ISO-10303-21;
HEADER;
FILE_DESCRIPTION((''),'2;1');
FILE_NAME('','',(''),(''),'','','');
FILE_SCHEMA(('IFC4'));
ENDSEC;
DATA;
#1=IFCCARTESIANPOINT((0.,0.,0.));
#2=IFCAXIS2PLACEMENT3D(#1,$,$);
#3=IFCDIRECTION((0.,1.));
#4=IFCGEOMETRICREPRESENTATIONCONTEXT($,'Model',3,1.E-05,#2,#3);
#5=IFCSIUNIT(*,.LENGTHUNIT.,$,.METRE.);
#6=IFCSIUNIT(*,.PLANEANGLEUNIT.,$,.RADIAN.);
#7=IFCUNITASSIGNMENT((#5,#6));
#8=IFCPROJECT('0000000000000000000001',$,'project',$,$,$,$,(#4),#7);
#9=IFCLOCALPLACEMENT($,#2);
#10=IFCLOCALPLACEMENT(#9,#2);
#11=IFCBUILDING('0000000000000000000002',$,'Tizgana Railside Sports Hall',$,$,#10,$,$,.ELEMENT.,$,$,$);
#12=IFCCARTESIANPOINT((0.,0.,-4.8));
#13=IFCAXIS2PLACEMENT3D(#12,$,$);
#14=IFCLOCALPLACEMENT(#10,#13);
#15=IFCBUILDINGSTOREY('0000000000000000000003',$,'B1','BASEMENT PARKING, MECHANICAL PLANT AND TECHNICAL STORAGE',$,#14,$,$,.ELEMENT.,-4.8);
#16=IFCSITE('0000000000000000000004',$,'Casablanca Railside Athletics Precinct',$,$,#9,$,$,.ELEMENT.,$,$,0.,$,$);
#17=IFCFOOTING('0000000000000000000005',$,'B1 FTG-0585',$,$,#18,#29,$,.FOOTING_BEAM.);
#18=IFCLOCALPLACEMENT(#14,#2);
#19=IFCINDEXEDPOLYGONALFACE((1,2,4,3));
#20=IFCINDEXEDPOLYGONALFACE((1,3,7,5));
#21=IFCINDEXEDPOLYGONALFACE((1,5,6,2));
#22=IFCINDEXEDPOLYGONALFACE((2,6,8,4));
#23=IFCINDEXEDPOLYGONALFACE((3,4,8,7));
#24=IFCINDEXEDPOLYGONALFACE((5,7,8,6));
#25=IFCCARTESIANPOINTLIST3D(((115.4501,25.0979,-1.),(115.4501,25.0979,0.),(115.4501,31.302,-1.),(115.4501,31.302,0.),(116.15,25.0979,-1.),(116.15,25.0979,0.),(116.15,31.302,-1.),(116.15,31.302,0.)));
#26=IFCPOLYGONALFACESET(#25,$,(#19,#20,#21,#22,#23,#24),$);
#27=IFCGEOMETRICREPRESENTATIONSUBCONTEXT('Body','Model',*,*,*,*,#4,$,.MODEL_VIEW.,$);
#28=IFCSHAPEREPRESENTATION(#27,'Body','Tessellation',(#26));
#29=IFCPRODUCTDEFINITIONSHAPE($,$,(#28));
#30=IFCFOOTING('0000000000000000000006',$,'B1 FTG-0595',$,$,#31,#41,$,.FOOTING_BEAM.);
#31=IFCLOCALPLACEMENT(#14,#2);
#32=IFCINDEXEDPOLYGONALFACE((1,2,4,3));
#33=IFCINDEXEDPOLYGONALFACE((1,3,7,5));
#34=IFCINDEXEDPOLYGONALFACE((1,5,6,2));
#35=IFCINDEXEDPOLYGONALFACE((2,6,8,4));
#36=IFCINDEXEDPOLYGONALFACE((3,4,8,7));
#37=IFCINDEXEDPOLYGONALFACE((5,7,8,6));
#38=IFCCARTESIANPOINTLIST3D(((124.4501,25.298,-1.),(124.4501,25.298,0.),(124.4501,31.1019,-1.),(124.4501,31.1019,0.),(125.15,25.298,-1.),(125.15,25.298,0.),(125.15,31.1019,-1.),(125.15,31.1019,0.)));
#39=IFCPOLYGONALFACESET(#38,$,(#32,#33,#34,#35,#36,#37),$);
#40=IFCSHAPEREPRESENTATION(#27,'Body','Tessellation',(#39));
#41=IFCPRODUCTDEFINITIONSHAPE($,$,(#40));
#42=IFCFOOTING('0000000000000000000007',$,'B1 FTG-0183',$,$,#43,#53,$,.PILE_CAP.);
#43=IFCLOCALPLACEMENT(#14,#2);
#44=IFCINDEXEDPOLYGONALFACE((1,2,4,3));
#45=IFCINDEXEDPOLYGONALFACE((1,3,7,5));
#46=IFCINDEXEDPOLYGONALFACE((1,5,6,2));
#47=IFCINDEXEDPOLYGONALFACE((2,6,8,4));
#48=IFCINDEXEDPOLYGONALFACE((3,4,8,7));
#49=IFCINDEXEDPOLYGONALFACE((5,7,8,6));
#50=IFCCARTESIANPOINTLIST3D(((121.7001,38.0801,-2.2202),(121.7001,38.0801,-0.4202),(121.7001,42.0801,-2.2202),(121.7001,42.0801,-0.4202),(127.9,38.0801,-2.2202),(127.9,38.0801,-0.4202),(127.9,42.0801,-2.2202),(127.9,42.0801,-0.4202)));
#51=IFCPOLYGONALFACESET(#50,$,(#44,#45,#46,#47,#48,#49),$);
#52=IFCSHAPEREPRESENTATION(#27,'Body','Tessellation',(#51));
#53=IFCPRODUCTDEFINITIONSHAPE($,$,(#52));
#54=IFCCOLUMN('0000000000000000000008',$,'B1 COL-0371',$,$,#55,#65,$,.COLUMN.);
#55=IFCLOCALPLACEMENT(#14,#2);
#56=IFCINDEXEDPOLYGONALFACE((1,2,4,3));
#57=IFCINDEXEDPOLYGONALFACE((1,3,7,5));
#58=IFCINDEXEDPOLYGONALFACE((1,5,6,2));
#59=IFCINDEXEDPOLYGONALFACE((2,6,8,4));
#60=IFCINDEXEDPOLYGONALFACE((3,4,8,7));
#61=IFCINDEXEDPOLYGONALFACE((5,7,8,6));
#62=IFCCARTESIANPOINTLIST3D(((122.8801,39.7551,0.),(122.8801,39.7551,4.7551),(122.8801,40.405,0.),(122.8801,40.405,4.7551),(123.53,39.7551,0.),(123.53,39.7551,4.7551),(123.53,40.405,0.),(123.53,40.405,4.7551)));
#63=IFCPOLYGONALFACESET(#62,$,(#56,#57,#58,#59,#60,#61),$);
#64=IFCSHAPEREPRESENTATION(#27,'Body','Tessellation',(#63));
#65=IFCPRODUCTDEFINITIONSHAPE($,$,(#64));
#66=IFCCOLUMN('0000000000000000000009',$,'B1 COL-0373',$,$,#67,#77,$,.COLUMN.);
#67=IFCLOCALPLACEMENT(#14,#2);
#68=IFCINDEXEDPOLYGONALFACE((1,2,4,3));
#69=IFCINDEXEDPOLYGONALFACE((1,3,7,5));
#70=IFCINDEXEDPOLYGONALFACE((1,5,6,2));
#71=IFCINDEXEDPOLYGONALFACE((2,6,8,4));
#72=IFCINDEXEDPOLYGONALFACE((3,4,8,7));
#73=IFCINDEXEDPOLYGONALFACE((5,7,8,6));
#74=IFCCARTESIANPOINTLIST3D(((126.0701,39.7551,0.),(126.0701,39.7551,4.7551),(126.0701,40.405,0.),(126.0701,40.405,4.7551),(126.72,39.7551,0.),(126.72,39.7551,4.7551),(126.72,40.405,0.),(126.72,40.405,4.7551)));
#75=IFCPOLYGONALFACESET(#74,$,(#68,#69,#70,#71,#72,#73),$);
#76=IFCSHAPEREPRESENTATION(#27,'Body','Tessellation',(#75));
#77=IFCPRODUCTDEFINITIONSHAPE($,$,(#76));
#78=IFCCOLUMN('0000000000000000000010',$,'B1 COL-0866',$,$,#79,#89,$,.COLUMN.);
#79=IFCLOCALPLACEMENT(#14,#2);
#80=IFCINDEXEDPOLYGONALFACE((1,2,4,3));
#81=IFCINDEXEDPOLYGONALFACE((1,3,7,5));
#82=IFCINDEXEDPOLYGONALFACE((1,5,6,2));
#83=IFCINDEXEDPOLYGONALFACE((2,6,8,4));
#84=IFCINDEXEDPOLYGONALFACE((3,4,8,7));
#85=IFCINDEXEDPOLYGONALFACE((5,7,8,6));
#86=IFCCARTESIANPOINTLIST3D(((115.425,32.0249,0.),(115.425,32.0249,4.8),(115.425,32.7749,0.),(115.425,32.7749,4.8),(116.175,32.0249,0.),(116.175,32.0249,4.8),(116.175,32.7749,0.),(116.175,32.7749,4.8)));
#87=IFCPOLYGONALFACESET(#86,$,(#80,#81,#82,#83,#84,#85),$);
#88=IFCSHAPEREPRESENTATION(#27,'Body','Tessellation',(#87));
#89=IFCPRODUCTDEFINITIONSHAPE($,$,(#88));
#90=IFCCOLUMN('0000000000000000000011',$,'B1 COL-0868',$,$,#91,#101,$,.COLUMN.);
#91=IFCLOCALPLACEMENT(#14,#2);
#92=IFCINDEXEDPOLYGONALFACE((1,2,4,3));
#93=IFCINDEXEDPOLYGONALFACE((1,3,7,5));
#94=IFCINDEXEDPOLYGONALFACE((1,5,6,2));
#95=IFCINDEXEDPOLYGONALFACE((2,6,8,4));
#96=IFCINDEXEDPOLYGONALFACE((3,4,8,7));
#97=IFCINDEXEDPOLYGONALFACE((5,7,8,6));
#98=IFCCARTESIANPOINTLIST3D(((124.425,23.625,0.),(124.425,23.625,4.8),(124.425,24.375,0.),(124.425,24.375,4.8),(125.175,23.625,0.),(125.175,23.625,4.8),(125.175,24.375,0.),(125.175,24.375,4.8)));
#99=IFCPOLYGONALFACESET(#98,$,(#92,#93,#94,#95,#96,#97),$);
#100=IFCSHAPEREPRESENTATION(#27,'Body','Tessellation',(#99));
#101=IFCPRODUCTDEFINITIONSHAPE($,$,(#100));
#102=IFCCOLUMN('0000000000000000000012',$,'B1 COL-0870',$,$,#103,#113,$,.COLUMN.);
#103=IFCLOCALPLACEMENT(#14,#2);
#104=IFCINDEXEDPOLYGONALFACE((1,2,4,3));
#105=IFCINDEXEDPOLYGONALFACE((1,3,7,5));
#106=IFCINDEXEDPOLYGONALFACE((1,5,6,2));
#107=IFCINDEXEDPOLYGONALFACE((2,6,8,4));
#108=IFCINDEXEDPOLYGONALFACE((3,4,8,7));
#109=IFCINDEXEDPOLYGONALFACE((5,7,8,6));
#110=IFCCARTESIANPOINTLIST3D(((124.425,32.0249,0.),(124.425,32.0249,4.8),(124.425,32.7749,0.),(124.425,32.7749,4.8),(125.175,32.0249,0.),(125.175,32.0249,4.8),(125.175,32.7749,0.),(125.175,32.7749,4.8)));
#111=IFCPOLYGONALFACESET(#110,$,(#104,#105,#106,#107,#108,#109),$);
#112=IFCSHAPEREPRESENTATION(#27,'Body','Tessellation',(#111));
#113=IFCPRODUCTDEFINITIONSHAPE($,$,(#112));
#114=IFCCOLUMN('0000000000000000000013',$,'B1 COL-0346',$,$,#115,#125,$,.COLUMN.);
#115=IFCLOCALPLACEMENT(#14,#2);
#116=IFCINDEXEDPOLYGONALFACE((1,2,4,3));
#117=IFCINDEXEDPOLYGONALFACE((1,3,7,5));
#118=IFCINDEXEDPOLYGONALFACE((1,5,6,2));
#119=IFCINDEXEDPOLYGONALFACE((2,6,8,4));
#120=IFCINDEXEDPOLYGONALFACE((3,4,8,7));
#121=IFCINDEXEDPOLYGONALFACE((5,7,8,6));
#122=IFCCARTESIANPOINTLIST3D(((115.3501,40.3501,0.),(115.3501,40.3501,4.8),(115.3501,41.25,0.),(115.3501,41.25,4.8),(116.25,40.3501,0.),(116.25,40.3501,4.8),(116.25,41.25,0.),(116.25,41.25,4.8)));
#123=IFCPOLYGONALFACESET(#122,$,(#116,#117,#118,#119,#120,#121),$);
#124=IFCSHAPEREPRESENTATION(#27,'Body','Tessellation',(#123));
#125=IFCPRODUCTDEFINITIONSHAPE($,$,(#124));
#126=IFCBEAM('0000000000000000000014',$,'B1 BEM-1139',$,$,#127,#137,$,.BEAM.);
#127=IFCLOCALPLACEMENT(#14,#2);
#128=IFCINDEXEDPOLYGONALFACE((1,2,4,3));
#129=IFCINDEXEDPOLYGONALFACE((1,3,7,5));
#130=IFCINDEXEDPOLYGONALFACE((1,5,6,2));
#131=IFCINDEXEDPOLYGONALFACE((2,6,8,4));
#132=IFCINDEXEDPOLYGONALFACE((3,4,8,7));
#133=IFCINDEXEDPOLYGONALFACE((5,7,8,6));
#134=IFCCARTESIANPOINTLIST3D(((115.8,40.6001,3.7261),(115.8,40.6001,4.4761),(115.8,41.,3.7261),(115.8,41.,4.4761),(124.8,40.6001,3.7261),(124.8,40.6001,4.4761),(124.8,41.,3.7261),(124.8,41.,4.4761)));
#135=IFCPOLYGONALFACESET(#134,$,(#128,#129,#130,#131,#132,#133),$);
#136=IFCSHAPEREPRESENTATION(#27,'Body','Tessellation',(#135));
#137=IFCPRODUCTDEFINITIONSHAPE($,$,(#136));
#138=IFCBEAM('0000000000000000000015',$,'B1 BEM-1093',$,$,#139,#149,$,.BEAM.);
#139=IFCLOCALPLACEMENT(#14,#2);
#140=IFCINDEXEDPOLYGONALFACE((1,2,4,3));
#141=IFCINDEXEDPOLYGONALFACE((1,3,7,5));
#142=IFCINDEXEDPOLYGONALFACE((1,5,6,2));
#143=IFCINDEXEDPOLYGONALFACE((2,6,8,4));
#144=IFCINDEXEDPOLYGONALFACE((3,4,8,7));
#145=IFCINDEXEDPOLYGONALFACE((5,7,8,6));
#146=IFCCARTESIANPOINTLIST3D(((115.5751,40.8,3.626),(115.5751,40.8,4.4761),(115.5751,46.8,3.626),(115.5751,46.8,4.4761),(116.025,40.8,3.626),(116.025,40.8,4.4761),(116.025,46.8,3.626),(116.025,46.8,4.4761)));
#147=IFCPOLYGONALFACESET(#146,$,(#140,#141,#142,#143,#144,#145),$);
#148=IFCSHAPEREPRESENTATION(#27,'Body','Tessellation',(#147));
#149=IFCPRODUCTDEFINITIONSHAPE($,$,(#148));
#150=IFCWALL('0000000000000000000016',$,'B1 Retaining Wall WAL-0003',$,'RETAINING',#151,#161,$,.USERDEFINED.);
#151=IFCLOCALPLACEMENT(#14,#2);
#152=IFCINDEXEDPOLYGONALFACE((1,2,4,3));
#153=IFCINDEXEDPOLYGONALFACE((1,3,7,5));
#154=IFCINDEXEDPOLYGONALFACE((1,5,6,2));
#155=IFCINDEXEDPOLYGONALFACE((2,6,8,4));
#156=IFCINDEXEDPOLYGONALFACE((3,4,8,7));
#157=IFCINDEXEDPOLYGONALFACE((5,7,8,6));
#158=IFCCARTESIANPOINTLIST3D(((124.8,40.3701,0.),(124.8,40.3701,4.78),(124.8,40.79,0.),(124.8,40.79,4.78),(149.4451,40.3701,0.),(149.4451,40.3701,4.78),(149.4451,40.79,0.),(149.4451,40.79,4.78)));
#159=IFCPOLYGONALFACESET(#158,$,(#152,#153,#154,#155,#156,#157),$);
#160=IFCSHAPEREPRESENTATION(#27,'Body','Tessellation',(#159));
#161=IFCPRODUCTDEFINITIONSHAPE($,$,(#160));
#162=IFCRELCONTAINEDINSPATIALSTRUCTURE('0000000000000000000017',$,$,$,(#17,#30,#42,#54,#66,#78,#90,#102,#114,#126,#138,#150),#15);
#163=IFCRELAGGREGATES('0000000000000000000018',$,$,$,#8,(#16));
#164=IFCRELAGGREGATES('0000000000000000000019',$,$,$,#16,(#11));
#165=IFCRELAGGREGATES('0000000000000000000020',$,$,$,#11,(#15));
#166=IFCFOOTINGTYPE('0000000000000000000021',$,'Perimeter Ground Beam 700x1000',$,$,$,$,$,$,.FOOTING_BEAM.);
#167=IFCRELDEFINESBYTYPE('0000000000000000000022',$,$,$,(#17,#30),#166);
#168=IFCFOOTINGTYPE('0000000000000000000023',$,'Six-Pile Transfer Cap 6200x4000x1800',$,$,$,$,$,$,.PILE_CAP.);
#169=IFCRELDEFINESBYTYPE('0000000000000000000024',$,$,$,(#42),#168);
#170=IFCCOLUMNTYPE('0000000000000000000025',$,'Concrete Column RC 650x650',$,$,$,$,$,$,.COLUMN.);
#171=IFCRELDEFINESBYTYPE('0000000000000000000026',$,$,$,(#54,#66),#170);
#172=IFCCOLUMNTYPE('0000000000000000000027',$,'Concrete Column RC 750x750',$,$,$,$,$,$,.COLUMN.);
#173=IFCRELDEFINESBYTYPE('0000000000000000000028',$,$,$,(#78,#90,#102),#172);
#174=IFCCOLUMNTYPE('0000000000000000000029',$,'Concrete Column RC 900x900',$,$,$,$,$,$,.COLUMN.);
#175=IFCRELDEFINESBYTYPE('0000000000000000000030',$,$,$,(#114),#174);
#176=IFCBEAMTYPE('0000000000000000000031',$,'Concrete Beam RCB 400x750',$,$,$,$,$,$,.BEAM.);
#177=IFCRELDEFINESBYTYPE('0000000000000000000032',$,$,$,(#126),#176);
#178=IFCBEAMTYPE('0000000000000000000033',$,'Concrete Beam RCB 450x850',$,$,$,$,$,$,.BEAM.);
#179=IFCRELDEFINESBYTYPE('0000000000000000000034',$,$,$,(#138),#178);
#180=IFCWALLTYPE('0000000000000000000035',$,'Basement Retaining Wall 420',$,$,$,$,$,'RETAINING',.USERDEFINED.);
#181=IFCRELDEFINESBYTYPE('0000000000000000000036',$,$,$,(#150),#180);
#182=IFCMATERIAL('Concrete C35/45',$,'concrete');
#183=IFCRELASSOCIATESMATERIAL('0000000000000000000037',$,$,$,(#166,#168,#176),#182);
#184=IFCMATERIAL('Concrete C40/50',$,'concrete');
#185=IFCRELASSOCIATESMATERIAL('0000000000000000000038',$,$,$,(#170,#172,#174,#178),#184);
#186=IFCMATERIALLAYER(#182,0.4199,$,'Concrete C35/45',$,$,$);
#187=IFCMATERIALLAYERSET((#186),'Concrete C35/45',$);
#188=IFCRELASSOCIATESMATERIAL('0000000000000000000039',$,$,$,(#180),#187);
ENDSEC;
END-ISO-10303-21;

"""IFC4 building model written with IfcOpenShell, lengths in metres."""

from ifc_helpers import new_model, si_unit, direction, frame, frame_2d, origin, origin_2d, place, context, subcontext, project, spatial, rectangle, extrude, material, layer, layer_set, material_profile, profile_set, type_object, element, save


model = new_model("IFC4")

# Units and contexts
model_context = context("Model", 3, precision=1e-05, world=origin(), true_north=direction((0.0, 1.0)))
body_context = subcontext(model_context, "Body", "Model", "MODEL_VIEW")
ifc_project = project(units=[si_unit("LENGTHUNIT", "METRE"), si_unit("PLANEANGLEUNIT", "RADIAN")], contexts=[model_context])

# Site, building, storey
site_placement = place(None, origin())
site = spatial("IfcSite", under=ifc_project, at=site_placement, Name="Casablanca Railside Athletics Precinct", CompositionType="ELEMENT", RefElevation=0.0)
building_placement = place(site_placement, origin())
building = spatial("IfcBuilding", under=site, at=building_placement, Name="Tizgana Railside Sports Hall", CompositionType="ELEMENT")
storey_placement = place(building_placement, frame((0.0, 0.0, -4.8)))
storey = spatial("IfcBuildingStorey", under=building, at=storey_placement, Name="B1", Description="BASEMENT PARKING, MECHANICAL PLANT AND TECHNICAL STORAGE", CompositionType="ELEMENT", Elevation=-4.8)

# Shared definitions
ifc_material_1 = material(Name="Concrete C35/45", Category="concrete")

# Footings
footing_type_1 = type_object("IfcFootingType", Name="Perimeter Ground Beam 700x1000", PredefinedType="FOOTING_BEAM", material=ifc_material_1)
footing_1_placement = place(storey_placement, frame((115.8, 28.2, -1.0), z_axis=(0.0, 0.0, 1.0), x_axis=(0.0, 1.0, 0.0)))
element("IfcFooting", 1, at=footing_1_placement, inside=storey, type_object=footing_type_1, Name="B1 FTG-0585", PredefinedType="FOOTING_BEAM", context=body_context, shape_type="SweptSolid", body=[
    extrude(rectangle(XDim=6.2041, YDim=0.7, at=origin_2d()), origin(), (0.0, 0.0, 1.0), 1.0),
])
footing_2_placement = place(storey_placement, frame((124.8, 28.2, -1.0), z_axis=(0.0, 0.0, 1.0), x_axis=(0.0, 1.0, 0.0)))
element("IfcFooting", 2, at=footing_2_placement, inside=storey, type_object=footing_type_1, Name="B1 FTG-0595", PredefinedType="FOOTING_BEAM", context=body_context, shape_type="SweptSolid", body=[
    extrude(rectangle(XDim=5.804, YDim=0.7, at=origin_2d()), origin(), (0.0, 0.0, 1.0), 1.0),
])
footing_type_2 = type_object("IfcFootingType", Name="Six-Pile Transfer Cap 6200x4000x1800", PredefinedType="PILE_CAP", material=ifc_material_1)
footing_3_placement = place(storey_placement, frame((124.8, 40.0801, -2.2202), z_axis=(0.0, 0.0, 1.0), x_axis=(1.0, 0.0, 0.0)))
element("IfcFooting", 3, at=footing_3_placement, inside=storey, type_object=footing_type_2, Name="B1 FTG-0183", PredefinedType="PILE_CAP", context=body_context, shape_type="SweptSolid", body=[
    extrude(rectangle(XDim=6.2, YDim=4.0, at=origin_2d()), origin(), (0.0, 0.0, 1.0), 1.8),
])

# Columns
ifc_material_2 = material(Name="Concrete C40/50", Category="concrete")
ifc_material_profile_1 = material_profile(ifc_material_2, rectangle(XDim=0.6499, YDim=0.6499, at=origin_2d()), Name="RC 650x650")
ifc_profile_set_1 = profile_set([ifc_material_profile_1], Name="Concrete C40/50")
column_type_1 = type_object("IfcColumnType", Name="Concrete Column RC 650x650", PredefinedType="COLUMN", material=ifc_profile_set_1)
for number, where, z_axis, x_axis, name in (
    (4, (123.2051, 40.0801, 0.0), (0.0, 0.0, 1.0), (1.0, 0.0, 0.0), "B1 COL-0371"),
    (5, (126.395, 40.0801, 0.0), (0.0, 0.0, 1.0), (1.0, 0.0, 0.0), "B1 COL-0373"),
):
    element("IfcColumn", number, at=place(storey_placement, frame(where, z_axis=z_axis, x_axis=x_axis)), inside=storey, type_object=column_type_1, Name=name, PredefinedType="COLUMN", context=body_context, shape_type="SweptSolid", body=[
        extrude(rectangle(XDim=0.6499, YDim=0.6499, at=origin_2d()), origin(), (0.0, 0.0, 1.0), 4.7551),
    ])
ifc_material_profile_2 = material_profile(ifc_material_2, rectangle(XDim=0.75, YDim=0.75, at=origin_2d()), Name="RC 750x750")
ifc_profile_set_2 = profile_set([ifc_material_profile_2], Name="Concrete C40/50")
column_type_2 = type_object("IfcColumnType", Name="Concrete Column RC 750x750", PredefinedType="COLUMN", material=ifc_profile_set_2)
for number, where, z_axis, x_axis, name in (
    (6, (115.8, 32.3999, 0.0), (0.0, 0.0, 1.0), (1.0, 0.0, 0.0), "B1 COL-0866"),
    (7, (124.8, 24.0, 0.0), (0.0, 0.0, 1.0), (1.0, 0.0, 0.0), "B1 COL-0868"),
    (8, (124.8, 32.3999, 0.0), (0.0, 0.0, 1.0), (1.0, 0.0, 0.0), "B1 COL-0870"),
):
    element("IfcColumn", number, at=place(storey_placement, frame(where, z_axis=z_axis, x_axis=x_axis)), inside=storey, type_object=column_type_2, Name=name, PredefinedType="COLUMN", context=body_context, shape_type="SweptSolid", body=[
        extrude(rectangle(XDim=0.75, YDim=0.75, at=origin_2d()), origin(), (0.0, 0.0, 1.0), 4.8),
    ])
ifc_material_profile_3 = material_profile(ifc_material_2, rectangle(XDim=0.8999, YDim=0.8999, at=origin_2d()), Name="RC 900x900")
ifc_profile_set_3 = profile_set([ifc_material_profile_3], Name="Concrete C40/50")
column_type_3 = type_object("IfcColumnType", Name="Concrete Column RC 900x900", PredefinedType="COLUMN", material=ifc_profile_set_3)
column_placement = place(storey_placement, frame((115.8, 40.8, 0.0), z_axis=(0.0, 0.0, 1.0), x_axis=(1.0, 0.0, 0.0)))
element("IfcColumn", 9, at=column_placement, inside=storey, type_object=column_type_3, Name="B1 COL-0346", PredefinedType="COLUMN", context=body_context, shape_type="SweptSolid", body=[
    extrude(rectangle(XDim=0.8999, YDim=0.8999, at=origin_2d()), origin(), (0.0, 0.0, 1.0), 4.8),
])

# Beams
ifc_material_profile_4 = material_profile(ifc_material_1, rectangle(XDim=0.3999, YDim=0.75, at=origin_2d()), Name="RCB 400x750")
ifc_profile_set_4 = profile_set([ifc_material_profile_4], Name="Concrete C35/45")
beam_type_1 = type_object("IfcBeamType", Name="Concrete Beam RCB 400x750", PredefinedType="BEAM", material=ifc_profile_set_4)
beam_1_placement = place(storey_placement, frame((115.8, 40.8, 4.1011), z_axis=(1.0, 0.0, 0.0), x_axis=(0.0, 1.0, 0.0)))
element("IfcBeam", 10, at=beam_1_placement, inside=storey, type_object=beam_type_1, Name="B1 BEM-1139", PredefinedType="BEAM", context=body_context, shape_type="SweptSolid", body=[
    extrude(rectangle(XDim=0.3999, YDim=0.75, at=origin_2d()), origin(), (0.0, 0.0, 1.0), 9.0),
])
ifc_material_profile_5 = material_profile(ifc_material_2, rectangle(XDim=0.45, YDim=0.8501, at=origin_2d()), Name="RCB 450x850")
ifc_profile_set_5 = profile_set([ifc_material_profile_5], Name="Concrete C40/50")
beam_type_2 = type_object("IfcBeamType", Name="Concrete Beam RCB 450x850", PredefinedType="BEAM", material=ifc_profile_set_5)
beam_2_placement = place(storey_placement, frame((115.8, 40.8, 4.051), z_axis=(0.0, 1.0, 0.0), x_axis=(-1.0, 0.0, 0.0)))
element("IfcBeam", 11, at=beam_2_placement, inside=storey, type_object=beam_type_2, Name="B1 BEM-1093", PredefinedType="BEAM", context=body_context, shape_type="SweptSolid", body=[
    extrude(rectangle(XDim=0.45, YDim=0.8501, at=origin_2d()), origin(), (0.0, 0.0, 1.0), 6.0),
])

# Wall
ifc_layer = layer(ifc_material_1, 0.4199, Name="Concrete C35/45")
ifc_layer_set = layer_set([ifc_layer], Name="Concrete C35/45")
wall_type = type_object("IfcWallType", Name="Basement Retaining Wall 420", ElementType="RETAINING", PredefinedType="USERDEFINED", material=ifc_layer_set)
wall_placement = place(storey_placement, frame((124.8, 40.5801, 0.0), z_axis=(0.0, 0.0, 1.0), x_axis=(1.0, 0.0, 0.0)))
element("IfcWall", 12, at=wall_placement, inside=storey, type_object=wall_type, Name="B1 Retaining Wall WAL-0003", ObjectType="RETAINING", PredefinedType="USERDEFINED", context=body_context, shape_type="SweptSolid", body=[
    extrude(rectangle(XDim=24.645, YDim=0.4199, at=frame_2d((12.3225, 0.0))), origin(), (0.0, 0.0, 1.0), 4.78),
])

save(model, "model.ifc")
